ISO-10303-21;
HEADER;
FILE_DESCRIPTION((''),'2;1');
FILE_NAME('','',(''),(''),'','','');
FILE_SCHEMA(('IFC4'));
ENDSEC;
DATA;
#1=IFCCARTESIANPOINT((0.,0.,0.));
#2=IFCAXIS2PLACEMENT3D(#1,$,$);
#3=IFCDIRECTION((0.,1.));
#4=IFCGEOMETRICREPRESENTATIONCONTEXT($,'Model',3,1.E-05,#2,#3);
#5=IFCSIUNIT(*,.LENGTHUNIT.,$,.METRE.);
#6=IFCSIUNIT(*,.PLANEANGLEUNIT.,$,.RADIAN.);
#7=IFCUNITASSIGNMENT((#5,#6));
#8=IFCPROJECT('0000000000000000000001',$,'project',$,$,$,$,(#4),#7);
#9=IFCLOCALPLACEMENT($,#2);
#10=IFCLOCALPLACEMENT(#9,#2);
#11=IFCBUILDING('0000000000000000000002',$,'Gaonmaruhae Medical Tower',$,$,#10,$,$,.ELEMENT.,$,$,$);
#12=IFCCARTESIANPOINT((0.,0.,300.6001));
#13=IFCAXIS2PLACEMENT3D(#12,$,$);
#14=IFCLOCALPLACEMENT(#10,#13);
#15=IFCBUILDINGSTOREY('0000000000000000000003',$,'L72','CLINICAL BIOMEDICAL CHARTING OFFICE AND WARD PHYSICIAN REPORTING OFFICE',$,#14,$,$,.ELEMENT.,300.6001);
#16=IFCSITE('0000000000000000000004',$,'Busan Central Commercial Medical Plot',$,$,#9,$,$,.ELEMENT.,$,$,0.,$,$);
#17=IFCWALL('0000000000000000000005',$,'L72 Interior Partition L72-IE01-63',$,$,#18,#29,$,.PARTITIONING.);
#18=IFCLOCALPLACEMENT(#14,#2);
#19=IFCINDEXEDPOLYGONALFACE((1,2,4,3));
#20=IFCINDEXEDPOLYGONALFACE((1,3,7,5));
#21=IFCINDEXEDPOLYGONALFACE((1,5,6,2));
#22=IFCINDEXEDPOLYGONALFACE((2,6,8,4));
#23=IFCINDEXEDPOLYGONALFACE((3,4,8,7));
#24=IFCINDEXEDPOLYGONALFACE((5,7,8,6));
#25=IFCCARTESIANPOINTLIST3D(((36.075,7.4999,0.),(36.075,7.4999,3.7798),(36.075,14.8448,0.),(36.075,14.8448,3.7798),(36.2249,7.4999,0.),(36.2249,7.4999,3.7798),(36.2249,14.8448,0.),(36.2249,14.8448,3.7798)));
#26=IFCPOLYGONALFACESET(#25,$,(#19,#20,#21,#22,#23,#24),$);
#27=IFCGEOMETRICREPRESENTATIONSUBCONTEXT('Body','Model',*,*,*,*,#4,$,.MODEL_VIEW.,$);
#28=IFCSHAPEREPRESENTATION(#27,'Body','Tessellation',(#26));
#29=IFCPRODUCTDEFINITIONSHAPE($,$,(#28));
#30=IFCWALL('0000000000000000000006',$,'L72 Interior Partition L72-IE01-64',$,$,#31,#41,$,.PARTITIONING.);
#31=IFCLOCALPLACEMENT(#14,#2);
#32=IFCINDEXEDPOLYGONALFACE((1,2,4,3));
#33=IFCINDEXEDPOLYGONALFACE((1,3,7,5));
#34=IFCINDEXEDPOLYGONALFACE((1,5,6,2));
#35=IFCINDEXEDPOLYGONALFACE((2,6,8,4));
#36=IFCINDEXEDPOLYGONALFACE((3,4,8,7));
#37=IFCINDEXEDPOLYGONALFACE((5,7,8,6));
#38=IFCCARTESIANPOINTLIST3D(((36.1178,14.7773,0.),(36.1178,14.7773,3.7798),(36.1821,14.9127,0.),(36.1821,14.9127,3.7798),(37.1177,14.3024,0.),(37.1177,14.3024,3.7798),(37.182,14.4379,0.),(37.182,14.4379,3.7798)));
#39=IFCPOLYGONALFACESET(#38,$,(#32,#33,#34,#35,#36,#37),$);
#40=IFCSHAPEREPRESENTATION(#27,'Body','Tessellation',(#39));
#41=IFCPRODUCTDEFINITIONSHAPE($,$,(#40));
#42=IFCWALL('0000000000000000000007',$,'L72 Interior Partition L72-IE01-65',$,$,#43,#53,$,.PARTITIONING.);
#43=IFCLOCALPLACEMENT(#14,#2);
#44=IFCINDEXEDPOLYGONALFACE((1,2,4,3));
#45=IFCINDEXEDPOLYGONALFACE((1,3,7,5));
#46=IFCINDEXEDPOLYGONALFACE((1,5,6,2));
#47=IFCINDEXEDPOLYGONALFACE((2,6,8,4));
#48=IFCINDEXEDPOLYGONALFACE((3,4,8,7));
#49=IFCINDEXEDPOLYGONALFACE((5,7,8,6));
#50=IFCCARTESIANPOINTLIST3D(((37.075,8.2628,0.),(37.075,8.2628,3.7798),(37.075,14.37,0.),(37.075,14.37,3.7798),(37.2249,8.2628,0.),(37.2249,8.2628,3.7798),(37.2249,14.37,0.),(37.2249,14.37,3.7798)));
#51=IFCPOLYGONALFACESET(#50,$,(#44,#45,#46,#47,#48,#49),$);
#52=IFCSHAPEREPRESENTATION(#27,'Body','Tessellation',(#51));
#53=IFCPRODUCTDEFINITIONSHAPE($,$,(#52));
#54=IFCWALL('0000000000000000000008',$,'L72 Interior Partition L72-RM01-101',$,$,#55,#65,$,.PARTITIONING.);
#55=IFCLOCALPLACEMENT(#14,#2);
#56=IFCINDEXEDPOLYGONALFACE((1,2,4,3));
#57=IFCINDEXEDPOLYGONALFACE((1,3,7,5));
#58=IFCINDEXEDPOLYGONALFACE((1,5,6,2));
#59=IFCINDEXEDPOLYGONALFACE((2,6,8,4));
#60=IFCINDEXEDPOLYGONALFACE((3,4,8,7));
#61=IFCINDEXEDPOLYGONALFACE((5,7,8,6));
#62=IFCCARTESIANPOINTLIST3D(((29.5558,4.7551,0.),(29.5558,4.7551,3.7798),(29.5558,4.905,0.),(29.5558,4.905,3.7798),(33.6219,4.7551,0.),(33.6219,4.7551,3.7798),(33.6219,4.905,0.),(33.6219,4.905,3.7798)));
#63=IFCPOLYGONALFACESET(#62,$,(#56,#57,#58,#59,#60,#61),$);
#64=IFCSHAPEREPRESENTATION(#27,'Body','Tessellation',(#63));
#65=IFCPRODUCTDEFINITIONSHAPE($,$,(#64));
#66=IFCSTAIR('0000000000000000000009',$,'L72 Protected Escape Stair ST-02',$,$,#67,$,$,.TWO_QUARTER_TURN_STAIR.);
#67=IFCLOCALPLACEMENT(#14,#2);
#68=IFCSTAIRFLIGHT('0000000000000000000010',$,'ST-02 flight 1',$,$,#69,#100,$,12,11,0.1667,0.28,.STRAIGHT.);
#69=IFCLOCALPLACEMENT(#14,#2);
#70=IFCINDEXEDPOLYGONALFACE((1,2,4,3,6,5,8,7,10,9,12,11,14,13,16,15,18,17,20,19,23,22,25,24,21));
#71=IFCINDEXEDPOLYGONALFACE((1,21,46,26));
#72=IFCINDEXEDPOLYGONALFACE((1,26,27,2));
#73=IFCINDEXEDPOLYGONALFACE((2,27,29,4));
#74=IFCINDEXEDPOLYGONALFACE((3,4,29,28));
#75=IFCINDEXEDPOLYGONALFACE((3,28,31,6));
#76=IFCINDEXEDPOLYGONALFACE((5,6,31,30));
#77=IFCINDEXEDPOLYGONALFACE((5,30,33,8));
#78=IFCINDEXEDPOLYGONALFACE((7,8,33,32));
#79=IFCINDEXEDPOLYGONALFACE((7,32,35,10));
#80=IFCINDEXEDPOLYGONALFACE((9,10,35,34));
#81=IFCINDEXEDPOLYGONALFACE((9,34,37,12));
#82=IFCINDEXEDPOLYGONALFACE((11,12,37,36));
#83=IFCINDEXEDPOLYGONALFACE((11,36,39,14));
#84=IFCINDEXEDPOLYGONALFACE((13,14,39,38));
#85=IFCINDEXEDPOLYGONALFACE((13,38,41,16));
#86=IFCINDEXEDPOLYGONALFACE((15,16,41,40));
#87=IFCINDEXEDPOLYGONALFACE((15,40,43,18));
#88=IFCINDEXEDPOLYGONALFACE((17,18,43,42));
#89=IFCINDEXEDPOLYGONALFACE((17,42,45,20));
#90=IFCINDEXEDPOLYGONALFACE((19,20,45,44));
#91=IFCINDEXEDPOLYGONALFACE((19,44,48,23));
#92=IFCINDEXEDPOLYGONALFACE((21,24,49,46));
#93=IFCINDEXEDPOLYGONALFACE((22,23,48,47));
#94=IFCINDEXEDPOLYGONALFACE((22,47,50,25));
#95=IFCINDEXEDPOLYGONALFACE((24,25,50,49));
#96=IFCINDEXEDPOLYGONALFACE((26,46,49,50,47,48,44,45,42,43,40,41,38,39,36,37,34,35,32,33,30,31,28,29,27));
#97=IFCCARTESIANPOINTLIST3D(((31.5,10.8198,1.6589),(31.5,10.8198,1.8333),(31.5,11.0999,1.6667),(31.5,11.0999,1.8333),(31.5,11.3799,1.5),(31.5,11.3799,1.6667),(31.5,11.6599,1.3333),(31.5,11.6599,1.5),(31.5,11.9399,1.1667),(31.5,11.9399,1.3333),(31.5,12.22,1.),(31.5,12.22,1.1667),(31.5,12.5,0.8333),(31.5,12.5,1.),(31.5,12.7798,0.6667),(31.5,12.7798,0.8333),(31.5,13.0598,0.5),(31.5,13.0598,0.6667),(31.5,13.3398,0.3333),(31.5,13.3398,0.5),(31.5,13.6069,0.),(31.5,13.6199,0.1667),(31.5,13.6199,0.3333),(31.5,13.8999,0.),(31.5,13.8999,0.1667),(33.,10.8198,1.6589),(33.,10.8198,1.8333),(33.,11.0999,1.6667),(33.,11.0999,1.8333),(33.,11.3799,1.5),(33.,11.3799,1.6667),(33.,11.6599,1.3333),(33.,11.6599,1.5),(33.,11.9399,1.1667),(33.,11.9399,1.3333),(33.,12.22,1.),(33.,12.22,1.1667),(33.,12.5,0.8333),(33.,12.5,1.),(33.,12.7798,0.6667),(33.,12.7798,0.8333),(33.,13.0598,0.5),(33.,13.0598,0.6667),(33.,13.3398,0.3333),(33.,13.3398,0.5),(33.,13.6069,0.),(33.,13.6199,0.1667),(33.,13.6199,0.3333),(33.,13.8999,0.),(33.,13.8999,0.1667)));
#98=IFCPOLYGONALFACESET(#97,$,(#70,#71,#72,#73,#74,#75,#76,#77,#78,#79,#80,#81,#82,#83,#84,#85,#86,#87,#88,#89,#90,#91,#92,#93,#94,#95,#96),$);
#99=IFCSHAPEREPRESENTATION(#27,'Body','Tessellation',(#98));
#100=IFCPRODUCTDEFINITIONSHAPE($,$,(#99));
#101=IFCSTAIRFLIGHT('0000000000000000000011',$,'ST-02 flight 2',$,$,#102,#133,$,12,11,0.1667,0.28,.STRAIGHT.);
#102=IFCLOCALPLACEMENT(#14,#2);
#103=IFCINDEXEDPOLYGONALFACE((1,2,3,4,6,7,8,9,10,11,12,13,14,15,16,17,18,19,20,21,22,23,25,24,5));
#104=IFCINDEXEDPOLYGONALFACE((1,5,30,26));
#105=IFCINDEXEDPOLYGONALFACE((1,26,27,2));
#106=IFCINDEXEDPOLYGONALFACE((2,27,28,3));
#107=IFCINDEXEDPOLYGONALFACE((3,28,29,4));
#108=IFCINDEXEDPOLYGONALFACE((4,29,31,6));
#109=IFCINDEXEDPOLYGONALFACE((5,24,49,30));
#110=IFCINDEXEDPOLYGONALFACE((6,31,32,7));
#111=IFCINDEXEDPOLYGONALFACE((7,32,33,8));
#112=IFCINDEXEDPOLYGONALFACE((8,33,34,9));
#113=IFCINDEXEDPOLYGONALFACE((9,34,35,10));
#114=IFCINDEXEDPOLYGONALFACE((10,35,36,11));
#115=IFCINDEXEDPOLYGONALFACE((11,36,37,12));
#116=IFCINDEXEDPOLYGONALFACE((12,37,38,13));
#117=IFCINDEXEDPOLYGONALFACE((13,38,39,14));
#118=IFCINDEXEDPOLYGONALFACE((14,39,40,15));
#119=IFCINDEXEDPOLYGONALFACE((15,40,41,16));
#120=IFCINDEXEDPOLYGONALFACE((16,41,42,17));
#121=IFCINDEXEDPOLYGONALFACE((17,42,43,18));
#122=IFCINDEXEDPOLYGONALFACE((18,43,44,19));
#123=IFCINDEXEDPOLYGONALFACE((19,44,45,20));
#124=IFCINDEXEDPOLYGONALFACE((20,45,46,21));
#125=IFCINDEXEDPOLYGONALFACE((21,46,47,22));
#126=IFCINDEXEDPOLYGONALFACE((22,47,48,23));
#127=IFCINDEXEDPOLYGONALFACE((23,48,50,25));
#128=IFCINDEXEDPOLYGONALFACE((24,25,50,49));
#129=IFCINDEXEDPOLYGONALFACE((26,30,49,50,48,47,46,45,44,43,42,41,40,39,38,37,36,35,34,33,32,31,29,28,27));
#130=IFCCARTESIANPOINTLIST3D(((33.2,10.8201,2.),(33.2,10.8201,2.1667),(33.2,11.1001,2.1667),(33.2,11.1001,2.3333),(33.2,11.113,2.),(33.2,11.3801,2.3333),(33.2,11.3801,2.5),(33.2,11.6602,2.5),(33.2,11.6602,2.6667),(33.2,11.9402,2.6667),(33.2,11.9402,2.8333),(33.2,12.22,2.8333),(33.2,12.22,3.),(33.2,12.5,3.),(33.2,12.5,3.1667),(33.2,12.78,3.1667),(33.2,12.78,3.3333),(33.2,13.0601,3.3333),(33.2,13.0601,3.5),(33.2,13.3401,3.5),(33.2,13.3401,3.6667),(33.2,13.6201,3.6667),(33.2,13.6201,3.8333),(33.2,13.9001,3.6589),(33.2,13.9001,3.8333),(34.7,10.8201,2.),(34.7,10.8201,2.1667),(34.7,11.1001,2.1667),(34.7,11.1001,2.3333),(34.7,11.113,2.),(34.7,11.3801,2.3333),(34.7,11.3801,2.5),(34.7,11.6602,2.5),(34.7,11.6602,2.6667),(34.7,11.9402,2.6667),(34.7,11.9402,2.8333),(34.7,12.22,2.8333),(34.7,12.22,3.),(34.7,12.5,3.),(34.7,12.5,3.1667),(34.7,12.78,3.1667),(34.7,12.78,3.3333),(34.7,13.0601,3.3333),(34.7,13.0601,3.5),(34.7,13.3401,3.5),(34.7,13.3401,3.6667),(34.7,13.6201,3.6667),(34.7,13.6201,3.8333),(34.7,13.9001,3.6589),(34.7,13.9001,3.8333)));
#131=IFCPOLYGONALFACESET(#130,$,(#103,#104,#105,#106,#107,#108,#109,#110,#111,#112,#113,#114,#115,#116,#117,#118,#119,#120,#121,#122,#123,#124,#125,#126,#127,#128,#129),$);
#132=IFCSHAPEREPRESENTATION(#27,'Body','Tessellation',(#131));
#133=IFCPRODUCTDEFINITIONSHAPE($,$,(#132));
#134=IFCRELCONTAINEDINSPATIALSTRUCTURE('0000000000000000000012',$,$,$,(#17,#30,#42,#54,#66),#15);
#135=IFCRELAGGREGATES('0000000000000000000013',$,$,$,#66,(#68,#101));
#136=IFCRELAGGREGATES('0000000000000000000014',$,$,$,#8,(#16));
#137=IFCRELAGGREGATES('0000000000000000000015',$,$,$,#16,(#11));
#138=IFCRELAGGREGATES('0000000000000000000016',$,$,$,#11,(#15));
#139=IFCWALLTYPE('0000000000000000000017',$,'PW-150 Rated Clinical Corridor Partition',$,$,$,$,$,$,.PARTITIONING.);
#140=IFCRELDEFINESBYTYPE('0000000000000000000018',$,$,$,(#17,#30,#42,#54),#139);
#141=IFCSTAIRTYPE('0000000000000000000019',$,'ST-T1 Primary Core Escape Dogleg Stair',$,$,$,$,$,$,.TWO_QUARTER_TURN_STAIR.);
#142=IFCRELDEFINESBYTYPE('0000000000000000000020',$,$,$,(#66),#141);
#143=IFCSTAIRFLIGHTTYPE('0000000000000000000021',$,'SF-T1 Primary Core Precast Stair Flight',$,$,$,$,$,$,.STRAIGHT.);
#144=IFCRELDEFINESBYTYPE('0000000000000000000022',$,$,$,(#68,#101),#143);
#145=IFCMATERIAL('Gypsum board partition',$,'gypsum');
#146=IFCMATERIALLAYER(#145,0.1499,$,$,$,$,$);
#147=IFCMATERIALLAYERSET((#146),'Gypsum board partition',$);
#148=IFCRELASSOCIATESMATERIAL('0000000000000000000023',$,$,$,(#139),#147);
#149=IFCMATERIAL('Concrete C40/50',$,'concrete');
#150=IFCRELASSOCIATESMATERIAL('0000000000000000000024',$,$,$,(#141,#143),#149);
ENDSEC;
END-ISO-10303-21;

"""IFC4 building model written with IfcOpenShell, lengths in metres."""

from ifc_helpers import new_model, si_unit, direction, frame, frame_2d, origin, place, context, subcontext, project, spatial, polyline, rectangle, outline, extrude, material, layer, layer_set, type_object, element, aggregate, save


model = new_model("IFC4")

# Units and contexts
model_context = context("Model", 3, precision=1e-05, world=origin(), true_north=direction((0.0, 1.0)))
body_context = subcontext(model_context, "Body", "Model", "MODEL_VIEW")
ifc_project = project(units=[si_unit("LENGTHUNIT", "METRE"), si_unit("PLANEANGLEUNIT", "RADIAN")], contexts=[model_context])

# Site, building, storey
site_placement = place(None, origin())
site = spatial("IfcSite", under=ifc_project, at=site_placement, Name="Busan Central Commercial Medical Plot", CompositionType="ELEMENT", RefElevation=0.0)
building_placement = place(site_placement, origin())
building = spatial("IfcBuilding", under=site, at=building_placement, Name="Gaonmaruhae Medical Tower", CompositionType="ELEMENT")
storey_placement = place(building_placement, frame((0.0, 0.0, 300.6001)))
storey = spatial("IfcBuildingStorey", under=building, at=storey_placement, Name="L72", Description="CLINICAL BIOMEDICAL CHARTING OFFICE AND WARD PHYSICIAN REPORTING OFFICE", CompositionType="ELEMENT", Elevation=300.6001)

# Walls
ifc_material_1 = material(Name="Gypsum board partition", Category="gypsum")
ifc_layer_1 = layer(ifc_material_1, 0.1499)
ifc_layer_set_1 = layer_set([ifc_layer_1], Name="Gypsum board partition")
wall_type_1 = type_object("IfcWallType", Name="PW-150 Rated Clinical Corridor Partition", PredefinedType="PARTITIONING", material=ifc_layer_set_1)
wall_1_placement = place(storey_placement, frame((36.1499, 7.5, 0.0), z_axis=(0.0, 0.0, 1.0), x_axis=(0.0, 1.0, 0.0)))
element("IfcWall", 1, at=wall_1_placement, inside=storey, type_object=wall_type_1, Name="L72 Interior Partition L72-IE01-63", PredefinedType="PARTITIONING", context=body_context, shape_type="SweptSolid", body=[
    extrude(rectangle(XDim=7.345, YDim=0.1499, at=frame_2d((3.6724, 0.0))), origin(), (0.0, 0.0, 1.0), 3.7798),
])
wall_2_placement = place(storey_placement, frame((36.1499, 14.845, 0.0), z_axis=(0.0, 0.0, 1.0), x_axis=(0.903329, -0.428949, 0.0)))
element("IfcWall", 2, at=wall_2_placement, inside=storey, type_object=wall_type_1, Name="L72 Interior Partition L72-IE01-64", PredefinedType="PARTITIONING", context=body_context, shape_type="SweptSolid", body=[
    extrude(rectangle(XDim=1.1069, YDim=0.1499, at=frame_2d((0.5535, 0.0))), origin(), (0.0, 0.0, 1.0), 3.7798),
])
wall_3_placement = place(storey_placement, frame((37.1499, 14.3701, 0.0), z_axis=(0.0, 0.0, 1.0), x_axis=(0.0, -1.0, 0.0)))
element("IfcWall", 3, at=wall_3_placement, inside=storey, type_object=wall_type_1, Name="L72 Interior Partition L72-IE01-65", PredefinedType="PARTITIONING", context=body_context, shape_type="SweptSolid", body=[
    extrude(rectangle(XDim=6.1072, YDim=0.1499, at=frame_2d((3.0537, 0.0))), origin(), (0.0, 0.0, 1.0), 3.7798),
])

# Wall
wall_4_placement = place(storey_placement, frame((33.6221, 4.8301, 0.0), z_axis=(0.0, 0.0, 1.0), x_axis=(-1.0, 0.0, 0.0)))
element("IfcWall", 4, at=wall_4_placement, inside=storey, type_object=wall_type_1, Name="L72 Interior Partition L72-RM01-101", PredefinedType="PARTITIONING", context=body_context, shape_type="SweptSolid", body=[
    extrude(rectangle(XDim=4.0662, YDim=0.1499, at=frame_2d((2.0332, 0.0))), origin(), (0.0, 0.0, 1.0), 3.7798),
])

# Stair, stair flights
ifc_material_2 = material(Name="Concrete C40/50", Category="concrete")
stair_type = type_object("IfcStairType", Name="ST-T1 Primary Core Escape Dogleg Stair", PredefinedType="TWO_QUARTER_TURN_STAIR", material=ifc_material_2)
stair_placement = place(storey_placement, origin())
stair = element("IfcStair", 5, at=stair_placement, inside=storey, type_object=stair_type, Name="L72 Protected Escape Stair ST-02", PredefinedType="TWO_QUARTER_TURN_STAIR")
stair_flight_type = type_object("IfcStairFlightType", Name="SF-T1 Primary Core Precast Stair Flight", PredefinedType="STRAIGHT", material=ifc_material_2)
stair_flight_1_placement = place(storey_placement, frame((32.25, 13.8999, 0.0), z_axis=(0.0, 0.0, 1.0), x_axis=(0.0, -1.0, 0.0)))
stair_flight_1 = element("IfcStairFlight", 6, at=stair_flight_1_placement, type_object=stair_flight_type, Name="ST-02 flight 1", NumberOfRisers=12, NumberOfTreads=11, PredefinedType="STRAIGHT", RiserHeight=0.1667, TreadLength=0.28, context=body_context, shape_type="SweptSolid", body=[
    extrude(outline(polyline([(0.0, 0.0), (0.0, 0.1667), (0.28, 0.1667), (0.28, 0.3333), (0.5601, 0.3333), (0.5601, 0.5), (0.8401, 0.5), (0.8401, 0.6667), (1.1201, 0.6667), (1.1201, 0.8333), (1.3999, 0.8333), (1.3999, 1.0), (1.6799, 1.0), (1.6799, 1.1667), (1.96, 1.1667), (1.96, 1.3333), (2.24, 1.3333), (2.24, 1.5), (2.52, 1.5), (2.52, 1.6667), (2.8, 1.6667), (2.8, 1.8333), (3.0801, 1.8333), (3.0801, 2.0), (3.0801, 1.6589), (0.293, 0.0), (0.0, 0.0)])), frame((0.0, 0.75, 0.0), z_axis=(0.0, -1.0, 0.0), x_axis=(1.0, 0.0, 0.0)), (0.0, 0.0, 1.0), 1.5),
])
stair_flight_2_placement = place(storey_placement, frame((33.95, 10.8201, 2.0), z_axis=(0.0, 0.0, 1.0), x_axis=(0.0, 1.0, 0.0)))
stair_flight_2 = element("IfcStairFlight", 7, at=stair_flight_2_placement, type_object=stair_flight_type, Name="ST-02 flight 2", NumberOfRisers=12, NumberOfTreads=11, PredefinedType="STRAIGHT", RiserHeight=0.1667, TreadLength=0.28, context=body_context, shape_type="SweptSolid", body=[
    extrude(outline(polyline([(0.0, 0.0), (0.0, 0.1667), (0.28, 0.1667), (0.28, 0.3333), (0.5601, 0.3333), (0.5601, 0.5), (0.8401, 0.5), (0.8401, 0.6667), (1.1201, 0.6667), (1.1201, 0.8333), (1.3999, 0.8333), (1.3999, 1.0), (1.6799, 1.0), (1.6799, 1.1667), (1.96, 1.1667), (1.96, 1.3333), (2.24, 1.3333), (2.24, 1.5), (2.52, 1.5), (2.52, 1.6667), (2.8, 1.6667), (2.8, 1.8333), (3.0801, 1.8333), (3.0801, 2.0), (3.0801, 1.6589), (0.293, 0.0), (0.0, 0.0)])), frame((0.0, 0.75, 0.0), z_axis=(0.0, -1.0, 0.0), x_axis=(1.0, 0.0, 0.0)), (0.0, 0.0, 1.0), 1.5),
])
aggregate(stair, [stair_flight_1, stair_flight_2])

save(model, "model.ifc")
